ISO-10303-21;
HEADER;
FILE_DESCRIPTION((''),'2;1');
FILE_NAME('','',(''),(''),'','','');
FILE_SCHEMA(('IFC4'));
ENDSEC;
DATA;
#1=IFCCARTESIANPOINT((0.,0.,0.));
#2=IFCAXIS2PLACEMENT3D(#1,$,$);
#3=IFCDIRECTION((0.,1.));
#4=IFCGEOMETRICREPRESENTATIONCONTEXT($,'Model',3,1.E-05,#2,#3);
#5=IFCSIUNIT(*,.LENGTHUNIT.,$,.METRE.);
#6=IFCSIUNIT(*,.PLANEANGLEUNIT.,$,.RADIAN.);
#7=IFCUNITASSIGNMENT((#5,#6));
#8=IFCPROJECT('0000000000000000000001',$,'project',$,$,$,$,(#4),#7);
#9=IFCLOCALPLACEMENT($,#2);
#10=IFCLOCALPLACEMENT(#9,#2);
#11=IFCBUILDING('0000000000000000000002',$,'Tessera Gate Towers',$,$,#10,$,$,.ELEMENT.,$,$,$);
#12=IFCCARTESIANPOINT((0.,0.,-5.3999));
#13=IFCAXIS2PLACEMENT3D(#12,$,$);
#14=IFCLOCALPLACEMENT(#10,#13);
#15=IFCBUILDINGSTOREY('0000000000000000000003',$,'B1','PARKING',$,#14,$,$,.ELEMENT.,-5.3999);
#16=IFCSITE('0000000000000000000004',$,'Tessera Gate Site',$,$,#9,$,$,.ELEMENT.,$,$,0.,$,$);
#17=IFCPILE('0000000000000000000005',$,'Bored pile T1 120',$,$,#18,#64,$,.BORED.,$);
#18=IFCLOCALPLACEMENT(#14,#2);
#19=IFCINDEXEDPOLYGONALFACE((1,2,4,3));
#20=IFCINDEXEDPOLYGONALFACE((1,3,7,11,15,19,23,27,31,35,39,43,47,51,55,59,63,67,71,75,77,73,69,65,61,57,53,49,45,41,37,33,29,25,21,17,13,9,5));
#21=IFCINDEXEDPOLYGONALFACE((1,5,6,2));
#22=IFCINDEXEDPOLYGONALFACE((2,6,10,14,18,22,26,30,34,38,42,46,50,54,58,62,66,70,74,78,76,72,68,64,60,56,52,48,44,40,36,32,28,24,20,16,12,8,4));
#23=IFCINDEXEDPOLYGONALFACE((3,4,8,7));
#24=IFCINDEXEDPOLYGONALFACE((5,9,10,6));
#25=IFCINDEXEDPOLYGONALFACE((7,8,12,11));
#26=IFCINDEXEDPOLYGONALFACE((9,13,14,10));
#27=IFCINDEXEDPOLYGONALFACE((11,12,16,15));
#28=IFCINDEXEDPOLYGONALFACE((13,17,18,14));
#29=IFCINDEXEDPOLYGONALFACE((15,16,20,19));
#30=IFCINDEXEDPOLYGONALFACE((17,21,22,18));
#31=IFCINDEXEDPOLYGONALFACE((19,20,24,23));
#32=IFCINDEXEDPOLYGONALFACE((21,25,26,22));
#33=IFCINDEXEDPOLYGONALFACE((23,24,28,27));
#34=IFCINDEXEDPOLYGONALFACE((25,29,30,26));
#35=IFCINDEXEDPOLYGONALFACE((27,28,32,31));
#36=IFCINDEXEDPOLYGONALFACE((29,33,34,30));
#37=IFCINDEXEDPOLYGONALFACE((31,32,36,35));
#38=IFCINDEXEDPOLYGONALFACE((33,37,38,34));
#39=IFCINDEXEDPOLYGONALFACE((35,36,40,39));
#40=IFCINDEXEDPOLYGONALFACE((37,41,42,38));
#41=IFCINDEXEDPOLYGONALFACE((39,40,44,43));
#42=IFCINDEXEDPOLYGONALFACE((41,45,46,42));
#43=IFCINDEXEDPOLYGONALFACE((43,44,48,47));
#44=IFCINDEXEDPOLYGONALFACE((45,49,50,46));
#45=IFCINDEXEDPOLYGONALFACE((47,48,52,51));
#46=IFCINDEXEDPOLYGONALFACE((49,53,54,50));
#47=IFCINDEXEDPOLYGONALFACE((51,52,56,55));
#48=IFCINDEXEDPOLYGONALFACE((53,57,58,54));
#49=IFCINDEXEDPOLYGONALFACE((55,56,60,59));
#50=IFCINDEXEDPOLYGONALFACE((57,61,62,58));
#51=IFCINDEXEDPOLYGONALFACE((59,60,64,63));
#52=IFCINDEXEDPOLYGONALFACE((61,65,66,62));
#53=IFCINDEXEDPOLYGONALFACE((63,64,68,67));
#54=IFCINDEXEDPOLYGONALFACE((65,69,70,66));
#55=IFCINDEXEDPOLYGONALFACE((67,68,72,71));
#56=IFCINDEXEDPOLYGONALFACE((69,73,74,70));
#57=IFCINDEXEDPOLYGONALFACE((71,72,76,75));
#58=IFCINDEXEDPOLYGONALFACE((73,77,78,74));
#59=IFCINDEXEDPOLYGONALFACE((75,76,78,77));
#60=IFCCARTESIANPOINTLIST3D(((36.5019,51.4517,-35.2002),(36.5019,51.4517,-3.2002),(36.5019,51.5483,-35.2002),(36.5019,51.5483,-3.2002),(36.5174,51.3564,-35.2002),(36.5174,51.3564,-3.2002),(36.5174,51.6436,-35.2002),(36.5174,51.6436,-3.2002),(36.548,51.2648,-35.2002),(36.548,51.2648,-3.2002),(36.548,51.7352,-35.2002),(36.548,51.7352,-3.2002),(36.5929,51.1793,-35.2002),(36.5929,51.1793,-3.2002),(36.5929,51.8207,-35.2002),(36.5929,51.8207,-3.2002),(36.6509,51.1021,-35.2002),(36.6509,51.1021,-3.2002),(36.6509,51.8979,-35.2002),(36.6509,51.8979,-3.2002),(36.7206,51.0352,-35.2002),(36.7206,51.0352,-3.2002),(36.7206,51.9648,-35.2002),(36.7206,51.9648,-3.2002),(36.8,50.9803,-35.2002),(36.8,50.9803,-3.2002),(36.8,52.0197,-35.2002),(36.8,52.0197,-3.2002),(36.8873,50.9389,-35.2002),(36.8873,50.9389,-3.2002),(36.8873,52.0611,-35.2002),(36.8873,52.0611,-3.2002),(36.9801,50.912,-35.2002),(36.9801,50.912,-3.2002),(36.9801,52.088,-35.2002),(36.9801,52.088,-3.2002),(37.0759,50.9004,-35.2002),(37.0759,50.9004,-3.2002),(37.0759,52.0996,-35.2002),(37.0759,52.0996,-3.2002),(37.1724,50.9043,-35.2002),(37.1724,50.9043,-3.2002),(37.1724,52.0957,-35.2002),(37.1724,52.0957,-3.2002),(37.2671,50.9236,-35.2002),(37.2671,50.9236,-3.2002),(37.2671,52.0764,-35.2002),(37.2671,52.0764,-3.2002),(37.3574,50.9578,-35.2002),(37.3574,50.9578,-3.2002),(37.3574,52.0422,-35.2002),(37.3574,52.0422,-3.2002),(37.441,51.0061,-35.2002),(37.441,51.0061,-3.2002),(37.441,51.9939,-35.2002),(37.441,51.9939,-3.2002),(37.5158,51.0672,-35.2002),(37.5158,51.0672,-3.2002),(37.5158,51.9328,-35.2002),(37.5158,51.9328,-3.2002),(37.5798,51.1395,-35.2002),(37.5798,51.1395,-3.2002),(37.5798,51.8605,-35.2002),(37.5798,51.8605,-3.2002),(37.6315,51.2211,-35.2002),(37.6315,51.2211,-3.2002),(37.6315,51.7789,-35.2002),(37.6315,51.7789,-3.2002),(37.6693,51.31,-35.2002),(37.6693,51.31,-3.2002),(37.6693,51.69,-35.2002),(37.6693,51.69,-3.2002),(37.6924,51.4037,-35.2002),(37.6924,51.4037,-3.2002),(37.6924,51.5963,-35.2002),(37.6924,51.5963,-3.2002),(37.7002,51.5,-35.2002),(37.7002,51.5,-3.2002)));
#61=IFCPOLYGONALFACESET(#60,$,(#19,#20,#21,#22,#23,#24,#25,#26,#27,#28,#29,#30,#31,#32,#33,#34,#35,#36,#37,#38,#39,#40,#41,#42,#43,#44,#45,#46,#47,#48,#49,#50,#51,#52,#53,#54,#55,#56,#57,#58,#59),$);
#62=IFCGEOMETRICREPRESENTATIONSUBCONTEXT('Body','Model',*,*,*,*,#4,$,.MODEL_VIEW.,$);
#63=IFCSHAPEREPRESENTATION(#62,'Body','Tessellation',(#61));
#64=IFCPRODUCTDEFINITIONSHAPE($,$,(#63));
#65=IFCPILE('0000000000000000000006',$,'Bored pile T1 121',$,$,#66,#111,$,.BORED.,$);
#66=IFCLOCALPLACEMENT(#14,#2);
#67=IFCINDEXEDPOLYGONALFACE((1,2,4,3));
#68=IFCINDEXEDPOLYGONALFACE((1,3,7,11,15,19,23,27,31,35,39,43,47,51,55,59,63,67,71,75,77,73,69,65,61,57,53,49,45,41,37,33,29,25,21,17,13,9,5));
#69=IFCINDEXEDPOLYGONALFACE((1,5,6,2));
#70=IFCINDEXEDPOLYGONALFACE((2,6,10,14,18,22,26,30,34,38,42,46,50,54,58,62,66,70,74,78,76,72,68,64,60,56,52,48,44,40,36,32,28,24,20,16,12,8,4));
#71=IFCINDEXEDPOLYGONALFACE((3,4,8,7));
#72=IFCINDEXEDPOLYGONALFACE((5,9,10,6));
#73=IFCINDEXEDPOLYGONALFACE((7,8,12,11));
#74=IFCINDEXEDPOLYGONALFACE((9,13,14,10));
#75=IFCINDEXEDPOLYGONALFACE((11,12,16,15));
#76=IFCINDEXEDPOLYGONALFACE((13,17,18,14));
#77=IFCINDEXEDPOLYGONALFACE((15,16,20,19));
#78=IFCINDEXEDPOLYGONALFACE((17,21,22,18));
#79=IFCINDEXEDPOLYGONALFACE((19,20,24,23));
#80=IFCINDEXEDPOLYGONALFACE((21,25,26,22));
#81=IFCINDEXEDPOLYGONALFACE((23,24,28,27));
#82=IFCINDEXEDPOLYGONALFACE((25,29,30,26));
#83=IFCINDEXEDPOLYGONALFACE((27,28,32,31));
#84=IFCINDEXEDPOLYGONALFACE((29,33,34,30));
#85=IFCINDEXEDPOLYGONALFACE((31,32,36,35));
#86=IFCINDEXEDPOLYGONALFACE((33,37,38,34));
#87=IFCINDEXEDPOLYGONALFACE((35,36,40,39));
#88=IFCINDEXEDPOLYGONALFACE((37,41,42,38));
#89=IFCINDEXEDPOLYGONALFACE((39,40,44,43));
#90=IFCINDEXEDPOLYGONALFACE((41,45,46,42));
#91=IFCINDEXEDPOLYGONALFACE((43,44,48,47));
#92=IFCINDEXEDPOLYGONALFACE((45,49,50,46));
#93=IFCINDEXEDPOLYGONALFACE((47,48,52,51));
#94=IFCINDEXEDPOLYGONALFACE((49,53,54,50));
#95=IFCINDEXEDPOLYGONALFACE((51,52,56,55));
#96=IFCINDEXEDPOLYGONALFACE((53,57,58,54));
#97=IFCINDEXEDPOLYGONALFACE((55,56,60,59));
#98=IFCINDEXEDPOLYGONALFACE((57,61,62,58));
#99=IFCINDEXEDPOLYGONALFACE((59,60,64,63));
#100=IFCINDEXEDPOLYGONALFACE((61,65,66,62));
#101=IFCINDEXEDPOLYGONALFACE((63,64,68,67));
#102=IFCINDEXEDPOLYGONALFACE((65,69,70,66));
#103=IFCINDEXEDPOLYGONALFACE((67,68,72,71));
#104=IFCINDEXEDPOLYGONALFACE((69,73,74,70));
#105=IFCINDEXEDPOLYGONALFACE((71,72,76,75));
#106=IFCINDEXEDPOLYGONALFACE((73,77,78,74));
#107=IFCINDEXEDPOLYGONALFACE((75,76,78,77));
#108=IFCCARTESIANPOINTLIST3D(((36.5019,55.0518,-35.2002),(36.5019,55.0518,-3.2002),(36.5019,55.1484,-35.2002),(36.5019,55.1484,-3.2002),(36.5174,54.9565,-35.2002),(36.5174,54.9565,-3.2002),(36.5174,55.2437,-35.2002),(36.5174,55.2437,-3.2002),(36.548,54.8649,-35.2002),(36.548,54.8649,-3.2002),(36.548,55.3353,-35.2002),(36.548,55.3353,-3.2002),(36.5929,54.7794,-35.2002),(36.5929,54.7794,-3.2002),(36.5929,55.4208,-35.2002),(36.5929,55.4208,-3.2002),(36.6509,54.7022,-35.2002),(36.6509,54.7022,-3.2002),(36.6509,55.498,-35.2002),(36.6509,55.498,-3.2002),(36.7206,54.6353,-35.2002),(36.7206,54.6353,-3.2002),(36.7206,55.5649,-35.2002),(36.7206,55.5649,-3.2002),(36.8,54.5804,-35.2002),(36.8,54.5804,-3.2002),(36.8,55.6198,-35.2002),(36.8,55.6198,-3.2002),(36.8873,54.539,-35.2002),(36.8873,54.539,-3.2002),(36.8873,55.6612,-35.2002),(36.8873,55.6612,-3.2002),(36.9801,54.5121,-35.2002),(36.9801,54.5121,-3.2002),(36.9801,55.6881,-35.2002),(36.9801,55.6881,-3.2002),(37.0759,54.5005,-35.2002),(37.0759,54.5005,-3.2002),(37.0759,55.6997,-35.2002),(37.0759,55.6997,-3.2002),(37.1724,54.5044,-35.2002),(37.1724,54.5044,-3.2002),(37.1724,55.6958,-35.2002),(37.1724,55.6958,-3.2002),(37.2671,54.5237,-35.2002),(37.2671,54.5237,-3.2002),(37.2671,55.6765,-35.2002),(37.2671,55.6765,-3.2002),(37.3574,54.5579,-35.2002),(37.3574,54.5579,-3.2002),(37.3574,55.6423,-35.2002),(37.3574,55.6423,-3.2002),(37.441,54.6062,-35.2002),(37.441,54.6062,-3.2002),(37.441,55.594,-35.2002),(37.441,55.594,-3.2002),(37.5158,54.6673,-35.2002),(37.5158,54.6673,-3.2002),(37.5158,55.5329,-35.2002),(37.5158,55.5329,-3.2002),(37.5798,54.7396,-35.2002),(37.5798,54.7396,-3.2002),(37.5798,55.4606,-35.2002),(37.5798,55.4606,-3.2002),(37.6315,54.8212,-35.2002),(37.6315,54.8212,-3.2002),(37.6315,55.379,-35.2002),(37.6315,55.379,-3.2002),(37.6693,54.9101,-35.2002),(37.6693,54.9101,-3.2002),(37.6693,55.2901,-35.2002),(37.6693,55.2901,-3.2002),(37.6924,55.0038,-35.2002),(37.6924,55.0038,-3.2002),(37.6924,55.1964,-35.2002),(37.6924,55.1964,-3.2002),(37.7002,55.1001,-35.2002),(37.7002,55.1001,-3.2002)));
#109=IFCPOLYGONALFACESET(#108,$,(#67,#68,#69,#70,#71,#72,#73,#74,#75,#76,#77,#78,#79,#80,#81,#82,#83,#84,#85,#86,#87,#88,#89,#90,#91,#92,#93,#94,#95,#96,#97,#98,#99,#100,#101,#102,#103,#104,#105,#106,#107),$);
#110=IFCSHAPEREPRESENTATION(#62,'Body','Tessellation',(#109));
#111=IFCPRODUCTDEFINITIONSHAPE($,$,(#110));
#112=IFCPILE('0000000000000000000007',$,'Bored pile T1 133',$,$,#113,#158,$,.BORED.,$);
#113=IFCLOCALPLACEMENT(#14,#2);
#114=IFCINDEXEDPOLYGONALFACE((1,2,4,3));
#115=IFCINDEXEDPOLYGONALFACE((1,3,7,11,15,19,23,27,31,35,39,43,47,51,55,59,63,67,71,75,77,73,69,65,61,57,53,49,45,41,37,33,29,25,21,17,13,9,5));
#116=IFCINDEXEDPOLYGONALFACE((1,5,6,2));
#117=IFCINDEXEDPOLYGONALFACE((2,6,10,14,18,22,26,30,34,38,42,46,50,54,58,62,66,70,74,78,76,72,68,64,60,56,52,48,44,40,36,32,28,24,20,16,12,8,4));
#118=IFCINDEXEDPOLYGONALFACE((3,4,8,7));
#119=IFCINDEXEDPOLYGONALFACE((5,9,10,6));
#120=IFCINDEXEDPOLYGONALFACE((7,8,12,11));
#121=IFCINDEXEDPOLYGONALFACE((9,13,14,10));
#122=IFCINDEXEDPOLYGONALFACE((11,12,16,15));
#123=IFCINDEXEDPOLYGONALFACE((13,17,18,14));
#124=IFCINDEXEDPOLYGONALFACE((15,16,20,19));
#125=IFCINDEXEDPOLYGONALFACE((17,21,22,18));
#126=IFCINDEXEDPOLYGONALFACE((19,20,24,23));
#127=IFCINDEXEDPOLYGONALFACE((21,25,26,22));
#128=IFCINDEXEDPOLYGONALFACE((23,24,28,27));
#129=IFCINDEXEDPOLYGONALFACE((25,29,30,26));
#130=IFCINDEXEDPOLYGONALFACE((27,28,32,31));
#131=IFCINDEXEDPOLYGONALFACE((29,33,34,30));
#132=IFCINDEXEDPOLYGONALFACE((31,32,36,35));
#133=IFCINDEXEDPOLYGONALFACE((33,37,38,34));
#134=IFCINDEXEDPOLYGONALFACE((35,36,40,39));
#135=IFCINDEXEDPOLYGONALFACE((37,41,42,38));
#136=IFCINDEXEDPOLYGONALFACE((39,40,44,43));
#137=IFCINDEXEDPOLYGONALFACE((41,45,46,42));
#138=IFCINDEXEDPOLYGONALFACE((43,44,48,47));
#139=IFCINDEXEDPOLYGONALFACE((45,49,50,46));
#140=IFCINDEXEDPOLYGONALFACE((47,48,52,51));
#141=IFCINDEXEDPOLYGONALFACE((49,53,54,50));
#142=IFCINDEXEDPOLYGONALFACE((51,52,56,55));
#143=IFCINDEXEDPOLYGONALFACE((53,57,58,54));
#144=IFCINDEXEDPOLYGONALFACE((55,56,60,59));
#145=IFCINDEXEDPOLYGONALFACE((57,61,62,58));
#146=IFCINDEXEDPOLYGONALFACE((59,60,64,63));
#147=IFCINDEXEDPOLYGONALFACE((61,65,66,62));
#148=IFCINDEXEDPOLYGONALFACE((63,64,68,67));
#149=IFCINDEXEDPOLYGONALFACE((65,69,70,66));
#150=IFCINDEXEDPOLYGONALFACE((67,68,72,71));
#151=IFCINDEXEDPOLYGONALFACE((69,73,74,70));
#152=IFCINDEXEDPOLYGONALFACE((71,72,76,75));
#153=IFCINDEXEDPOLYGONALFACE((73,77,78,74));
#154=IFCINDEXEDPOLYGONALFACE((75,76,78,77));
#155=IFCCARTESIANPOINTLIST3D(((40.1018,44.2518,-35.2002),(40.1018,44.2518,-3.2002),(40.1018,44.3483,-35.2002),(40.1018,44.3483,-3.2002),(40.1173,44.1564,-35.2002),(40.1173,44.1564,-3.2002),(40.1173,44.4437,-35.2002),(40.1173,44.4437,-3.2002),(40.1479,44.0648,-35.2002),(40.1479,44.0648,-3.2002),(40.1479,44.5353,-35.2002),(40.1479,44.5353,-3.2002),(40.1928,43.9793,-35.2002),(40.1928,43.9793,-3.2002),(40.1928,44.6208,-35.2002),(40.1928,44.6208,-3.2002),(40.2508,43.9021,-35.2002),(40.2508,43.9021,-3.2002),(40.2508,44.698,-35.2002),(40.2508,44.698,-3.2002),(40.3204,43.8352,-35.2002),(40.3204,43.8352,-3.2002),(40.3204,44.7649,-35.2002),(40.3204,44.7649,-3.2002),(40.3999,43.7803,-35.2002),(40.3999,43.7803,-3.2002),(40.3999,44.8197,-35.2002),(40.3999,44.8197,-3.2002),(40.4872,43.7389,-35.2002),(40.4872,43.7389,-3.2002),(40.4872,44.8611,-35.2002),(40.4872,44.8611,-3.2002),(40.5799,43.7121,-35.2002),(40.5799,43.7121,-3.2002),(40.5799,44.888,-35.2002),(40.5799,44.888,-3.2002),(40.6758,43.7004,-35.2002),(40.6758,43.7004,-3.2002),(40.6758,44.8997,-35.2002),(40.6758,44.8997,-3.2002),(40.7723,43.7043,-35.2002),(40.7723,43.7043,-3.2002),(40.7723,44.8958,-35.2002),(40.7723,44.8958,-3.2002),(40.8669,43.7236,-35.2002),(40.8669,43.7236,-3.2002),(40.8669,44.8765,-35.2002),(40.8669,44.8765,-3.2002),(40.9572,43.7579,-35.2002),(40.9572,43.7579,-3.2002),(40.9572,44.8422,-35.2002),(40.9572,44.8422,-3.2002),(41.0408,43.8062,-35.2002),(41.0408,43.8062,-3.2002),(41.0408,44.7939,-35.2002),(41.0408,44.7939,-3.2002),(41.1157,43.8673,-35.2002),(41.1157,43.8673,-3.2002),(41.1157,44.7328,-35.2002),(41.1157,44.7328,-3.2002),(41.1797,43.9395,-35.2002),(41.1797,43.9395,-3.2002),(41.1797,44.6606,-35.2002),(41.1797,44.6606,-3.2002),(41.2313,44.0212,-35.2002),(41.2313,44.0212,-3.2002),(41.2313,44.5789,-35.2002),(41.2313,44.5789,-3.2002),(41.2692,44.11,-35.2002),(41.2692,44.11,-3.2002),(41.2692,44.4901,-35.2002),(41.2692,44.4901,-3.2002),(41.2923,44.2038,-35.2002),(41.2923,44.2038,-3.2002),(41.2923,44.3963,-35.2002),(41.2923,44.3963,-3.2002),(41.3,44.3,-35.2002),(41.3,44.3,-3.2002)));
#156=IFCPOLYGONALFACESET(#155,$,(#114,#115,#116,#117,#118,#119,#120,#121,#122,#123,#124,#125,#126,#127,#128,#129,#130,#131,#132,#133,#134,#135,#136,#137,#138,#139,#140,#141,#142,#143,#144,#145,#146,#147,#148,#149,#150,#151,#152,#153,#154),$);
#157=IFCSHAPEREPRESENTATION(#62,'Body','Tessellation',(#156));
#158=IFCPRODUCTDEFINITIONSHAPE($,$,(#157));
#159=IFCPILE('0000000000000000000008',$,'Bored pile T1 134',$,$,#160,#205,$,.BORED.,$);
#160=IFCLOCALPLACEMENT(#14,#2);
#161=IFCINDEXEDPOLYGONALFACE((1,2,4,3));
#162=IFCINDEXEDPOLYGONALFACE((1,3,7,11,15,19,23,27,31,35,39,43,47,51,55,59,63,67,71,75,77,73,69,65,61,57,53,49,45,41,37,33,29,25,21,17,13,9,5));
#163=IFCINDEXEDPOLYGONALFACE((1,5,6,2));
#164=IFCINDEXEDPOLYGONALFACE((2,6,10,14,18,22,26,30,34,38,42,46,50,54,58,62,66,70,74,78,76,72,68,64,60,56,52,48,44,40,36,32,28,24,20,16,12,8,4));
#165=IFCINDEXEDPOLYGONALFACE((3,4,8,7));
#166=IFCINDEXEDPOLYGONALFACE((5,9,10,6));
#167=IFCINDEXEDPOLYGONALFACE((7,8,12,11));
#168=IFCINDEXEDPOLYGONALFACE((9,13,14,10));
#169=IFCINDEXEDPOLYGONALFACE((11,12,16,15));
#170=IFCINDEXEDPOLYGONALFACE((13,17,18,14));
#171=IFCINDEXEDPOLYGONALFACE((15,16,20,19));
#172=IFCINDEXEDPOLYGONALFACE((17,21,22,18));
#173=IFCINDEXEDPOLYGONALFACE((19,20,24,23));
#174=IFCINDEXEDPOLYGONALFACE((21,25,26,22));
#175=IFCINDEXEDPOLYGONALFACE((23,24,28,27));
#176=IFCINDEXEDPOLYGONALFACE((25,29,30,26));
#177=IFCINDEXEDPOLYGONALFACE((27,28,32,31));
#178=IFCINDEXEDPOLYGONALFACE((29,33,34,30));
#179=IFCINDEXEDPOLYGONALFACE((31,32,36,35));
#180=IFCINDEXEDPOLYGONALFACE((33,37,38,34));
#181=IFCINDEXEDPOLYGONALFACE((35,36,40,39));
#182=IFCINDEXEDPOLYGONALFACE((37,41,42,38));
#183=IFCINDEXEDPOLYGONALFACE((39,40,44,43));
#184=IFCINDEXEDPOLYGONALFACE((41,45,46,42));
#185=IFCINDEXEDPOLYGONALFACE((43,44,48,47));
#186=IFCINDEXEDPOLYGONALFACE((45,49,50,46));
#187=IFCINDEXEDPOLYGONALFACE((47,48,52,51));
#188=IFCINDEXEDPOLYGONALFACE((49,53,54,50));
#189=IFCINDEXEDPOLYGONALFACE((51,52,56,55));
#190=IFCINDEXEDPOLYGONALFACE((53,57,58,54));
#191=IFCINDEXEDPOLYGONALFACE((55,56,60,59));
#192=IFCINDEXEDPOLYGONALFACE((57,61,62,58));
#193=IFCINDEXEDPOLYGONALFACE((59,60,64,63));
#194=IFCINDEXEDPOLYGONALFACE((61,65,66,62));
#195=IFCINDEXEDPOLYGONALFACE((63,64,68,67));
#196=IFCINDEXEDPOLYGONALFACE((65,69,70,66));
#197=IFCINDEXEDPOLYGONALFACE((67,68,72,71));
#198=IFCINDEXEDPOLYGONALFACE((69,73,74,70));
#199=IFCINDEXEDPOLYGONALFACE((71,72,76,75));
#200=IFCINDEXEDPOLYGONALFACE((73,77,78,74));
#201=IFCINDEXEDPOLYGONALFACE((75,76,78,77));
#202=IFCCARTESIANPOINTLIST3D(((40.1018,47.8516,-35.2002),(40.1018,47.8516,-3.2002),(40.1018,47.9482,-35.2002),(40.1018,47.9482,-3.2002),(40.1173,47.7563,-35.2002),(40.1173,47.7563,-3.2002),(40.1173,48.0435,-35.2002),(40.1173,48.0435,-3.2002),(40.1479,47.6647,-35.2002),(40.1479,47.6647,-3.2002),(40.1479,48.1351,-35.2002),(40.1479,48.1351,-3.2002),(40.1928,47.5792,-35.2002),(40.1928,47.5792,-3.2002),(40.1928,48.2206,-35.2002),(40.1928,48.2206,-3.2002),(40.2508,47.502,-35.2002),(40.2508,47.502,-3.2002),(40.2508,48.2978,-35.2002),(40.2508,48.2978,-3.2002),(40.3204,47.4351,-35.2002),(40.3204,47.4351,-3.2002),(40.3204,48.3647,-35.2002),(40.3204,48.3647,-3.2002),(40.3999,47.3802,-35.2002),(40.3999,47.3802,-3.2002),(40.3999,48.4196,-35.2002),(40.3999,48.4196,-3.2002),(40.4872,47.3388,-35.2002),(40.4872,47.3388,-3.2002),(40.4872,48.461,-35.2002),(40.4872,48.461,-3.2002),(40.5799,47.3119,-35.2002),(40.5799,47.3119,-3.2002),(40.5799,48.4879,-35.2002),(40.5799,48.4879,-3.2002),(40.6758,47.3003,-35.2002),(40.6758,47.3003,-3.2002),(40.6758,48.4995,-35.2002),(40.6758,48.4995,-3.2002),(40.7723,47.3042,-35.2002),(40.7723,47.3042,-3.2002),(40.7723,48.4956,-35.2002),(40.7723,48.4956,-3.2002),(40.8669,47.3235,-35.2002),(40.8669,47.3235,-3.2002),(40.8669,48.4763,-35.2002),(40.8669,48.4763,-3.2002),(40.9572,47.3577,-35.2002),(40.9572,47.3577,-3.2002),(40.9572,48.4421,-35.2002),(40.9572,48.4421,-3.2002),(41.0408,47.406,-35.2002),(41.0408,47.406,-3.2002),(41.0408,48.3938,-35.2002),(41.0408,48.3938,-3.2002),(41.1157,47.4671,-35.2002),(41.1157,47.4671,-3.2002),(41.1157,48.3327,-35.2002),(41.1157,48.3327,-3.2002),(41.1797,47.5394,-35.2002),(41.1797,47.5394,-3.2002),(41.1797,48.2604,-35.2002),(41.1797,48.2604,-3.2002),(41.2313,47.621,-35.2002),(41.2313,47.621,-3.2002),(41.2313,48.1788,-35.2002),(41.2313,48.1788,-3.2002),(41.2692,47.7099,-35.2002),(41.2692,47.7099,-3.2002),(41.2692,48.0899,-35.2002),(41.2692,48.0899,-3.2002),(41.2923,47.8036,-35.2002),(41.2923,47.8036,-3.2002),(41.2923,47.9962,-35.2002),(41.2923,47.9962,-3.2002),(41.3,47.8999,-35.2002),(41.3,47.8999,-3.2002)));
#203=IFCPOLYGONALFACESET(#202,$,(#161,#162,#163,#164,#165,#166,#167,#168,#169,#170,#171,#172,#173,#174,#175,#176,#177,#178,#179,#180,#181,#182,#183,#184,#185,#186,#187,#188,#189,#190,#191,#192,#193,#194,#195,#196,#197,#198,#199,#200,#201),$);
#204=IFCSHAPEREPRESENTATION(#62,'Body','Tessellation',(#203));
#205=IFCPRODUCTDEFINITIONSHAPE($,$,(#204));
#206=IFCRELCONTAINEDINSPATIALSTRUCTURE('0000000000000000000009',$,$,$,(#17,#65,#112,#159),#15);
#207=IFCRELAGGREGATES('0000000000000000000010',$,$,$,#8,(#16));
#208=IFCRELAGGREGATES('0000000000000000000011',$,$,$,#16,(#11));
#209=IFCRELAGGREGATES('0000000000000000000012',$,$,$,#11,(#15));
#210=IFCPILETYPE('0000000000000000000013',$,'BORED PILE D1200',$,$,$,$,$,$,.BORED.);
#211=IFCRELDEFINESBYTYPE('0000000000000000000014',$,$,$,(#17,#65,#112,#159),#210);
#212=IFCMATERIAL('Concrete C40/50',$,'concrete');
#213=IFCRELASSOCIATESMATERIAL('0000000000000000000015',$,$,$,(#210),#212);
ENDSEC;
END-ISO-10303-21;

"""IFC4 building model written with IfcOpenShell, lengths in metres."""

from ifc_helpers import new_model, si_unit, direction, frame, origin, origin_2d, place, context, subcontext, project, spatial, circle, extrude, material, material_profile, profile_set, type_object, element, save


model = new_model("IFC4")

# Units and contexts
model_context = context("Model", 3, precision=1e-05, world=origin(), true_north=direction((0.0, 1.0)))
body_context = subcontext(model_context, "Body", "Model", "MODEL_VIEW")
ifc_project = project(units=[si_unit("LENGTHUNIT", "METRE"), si_unit("PLANEANGLEUNIT", "RADIAN")], contexts=[model_context])

# Site, building, storey
site_placement = place(None, origin())
site = spatial("IfcSite", under=ifc_project, at=site_placement, Name="Tessera Gate Site", CompositionType="ELEMENT", RefElevation=0.0)
building_placement = place(site_placement, origin())
building = spatial("IfcBuilding", under=site, at=building_placement, Name="Tessera Gate Towers", CompositionType="ELEMENT")
storey_placement = place(building_placement, frame((0.0, 0.0, -5.3999)))
storey = spatial("IfcBuildingStorey", under=building, at=storey_placement, Name="B1", Description="PARKING", CompositionType="ELEMENT", Elevation=-5.3999)

# Piles
ifc_material_1 = material(Name="Concrete C40/50", Category="concrete")
ifc_material_profile_1 = material_profile(ifc_material_1, circle(Radius=0.6001, at=origin_2d()), Name="BORED PILE D1200")
ifc_profile_set_1 = profile_set([ifc_material_profile_1], Name="Concrete C40/50")
pile_type = type_object("IfcPileType", Name="BORED PILE D1200", PredefinedType="BORED", material=ifc_profile_set_1)
for number, where, z_axis, x_axis, name in (
    (1, (37.1001, 51.5, -3.2002), (0.0, 0.0, -1.0), (1.0, 0.0, 0.0), "Bored pile T1 120"),
    (2, (37.1001, 55.1001, -3.2002), (0.0, 0.0, -1.0), (1.0, 0.0, 0.0), "Bored pile T1 121"),
    (3, (40.7, 44.3, -3.2002), (0.0, 0.0, -1.0), (1.0, 0.0, 0.0), "Bored pile T1 133"),
    (4, (40.7, 47.8999, -3.2002), (0.0, 0.0, -1.0), (1.0, 0.0, 0.0), "Bored pile T1 134"),
):
    element("IfcPile", number, at=place(storey_placement, frame(where, z_axis=z_axis, x_axis=x_axis)), inside=storey, type_object=pile_type, Name=name, PredefinedType="BORED", context=body_context, shape_type="SweptSolid", body=[
        extrude(circle(Radius=0.6001, at=origin_2d()), origin(), (0.0, 0.0, 1.0), 32.0),
    ])

save(model, "model.ifc")
